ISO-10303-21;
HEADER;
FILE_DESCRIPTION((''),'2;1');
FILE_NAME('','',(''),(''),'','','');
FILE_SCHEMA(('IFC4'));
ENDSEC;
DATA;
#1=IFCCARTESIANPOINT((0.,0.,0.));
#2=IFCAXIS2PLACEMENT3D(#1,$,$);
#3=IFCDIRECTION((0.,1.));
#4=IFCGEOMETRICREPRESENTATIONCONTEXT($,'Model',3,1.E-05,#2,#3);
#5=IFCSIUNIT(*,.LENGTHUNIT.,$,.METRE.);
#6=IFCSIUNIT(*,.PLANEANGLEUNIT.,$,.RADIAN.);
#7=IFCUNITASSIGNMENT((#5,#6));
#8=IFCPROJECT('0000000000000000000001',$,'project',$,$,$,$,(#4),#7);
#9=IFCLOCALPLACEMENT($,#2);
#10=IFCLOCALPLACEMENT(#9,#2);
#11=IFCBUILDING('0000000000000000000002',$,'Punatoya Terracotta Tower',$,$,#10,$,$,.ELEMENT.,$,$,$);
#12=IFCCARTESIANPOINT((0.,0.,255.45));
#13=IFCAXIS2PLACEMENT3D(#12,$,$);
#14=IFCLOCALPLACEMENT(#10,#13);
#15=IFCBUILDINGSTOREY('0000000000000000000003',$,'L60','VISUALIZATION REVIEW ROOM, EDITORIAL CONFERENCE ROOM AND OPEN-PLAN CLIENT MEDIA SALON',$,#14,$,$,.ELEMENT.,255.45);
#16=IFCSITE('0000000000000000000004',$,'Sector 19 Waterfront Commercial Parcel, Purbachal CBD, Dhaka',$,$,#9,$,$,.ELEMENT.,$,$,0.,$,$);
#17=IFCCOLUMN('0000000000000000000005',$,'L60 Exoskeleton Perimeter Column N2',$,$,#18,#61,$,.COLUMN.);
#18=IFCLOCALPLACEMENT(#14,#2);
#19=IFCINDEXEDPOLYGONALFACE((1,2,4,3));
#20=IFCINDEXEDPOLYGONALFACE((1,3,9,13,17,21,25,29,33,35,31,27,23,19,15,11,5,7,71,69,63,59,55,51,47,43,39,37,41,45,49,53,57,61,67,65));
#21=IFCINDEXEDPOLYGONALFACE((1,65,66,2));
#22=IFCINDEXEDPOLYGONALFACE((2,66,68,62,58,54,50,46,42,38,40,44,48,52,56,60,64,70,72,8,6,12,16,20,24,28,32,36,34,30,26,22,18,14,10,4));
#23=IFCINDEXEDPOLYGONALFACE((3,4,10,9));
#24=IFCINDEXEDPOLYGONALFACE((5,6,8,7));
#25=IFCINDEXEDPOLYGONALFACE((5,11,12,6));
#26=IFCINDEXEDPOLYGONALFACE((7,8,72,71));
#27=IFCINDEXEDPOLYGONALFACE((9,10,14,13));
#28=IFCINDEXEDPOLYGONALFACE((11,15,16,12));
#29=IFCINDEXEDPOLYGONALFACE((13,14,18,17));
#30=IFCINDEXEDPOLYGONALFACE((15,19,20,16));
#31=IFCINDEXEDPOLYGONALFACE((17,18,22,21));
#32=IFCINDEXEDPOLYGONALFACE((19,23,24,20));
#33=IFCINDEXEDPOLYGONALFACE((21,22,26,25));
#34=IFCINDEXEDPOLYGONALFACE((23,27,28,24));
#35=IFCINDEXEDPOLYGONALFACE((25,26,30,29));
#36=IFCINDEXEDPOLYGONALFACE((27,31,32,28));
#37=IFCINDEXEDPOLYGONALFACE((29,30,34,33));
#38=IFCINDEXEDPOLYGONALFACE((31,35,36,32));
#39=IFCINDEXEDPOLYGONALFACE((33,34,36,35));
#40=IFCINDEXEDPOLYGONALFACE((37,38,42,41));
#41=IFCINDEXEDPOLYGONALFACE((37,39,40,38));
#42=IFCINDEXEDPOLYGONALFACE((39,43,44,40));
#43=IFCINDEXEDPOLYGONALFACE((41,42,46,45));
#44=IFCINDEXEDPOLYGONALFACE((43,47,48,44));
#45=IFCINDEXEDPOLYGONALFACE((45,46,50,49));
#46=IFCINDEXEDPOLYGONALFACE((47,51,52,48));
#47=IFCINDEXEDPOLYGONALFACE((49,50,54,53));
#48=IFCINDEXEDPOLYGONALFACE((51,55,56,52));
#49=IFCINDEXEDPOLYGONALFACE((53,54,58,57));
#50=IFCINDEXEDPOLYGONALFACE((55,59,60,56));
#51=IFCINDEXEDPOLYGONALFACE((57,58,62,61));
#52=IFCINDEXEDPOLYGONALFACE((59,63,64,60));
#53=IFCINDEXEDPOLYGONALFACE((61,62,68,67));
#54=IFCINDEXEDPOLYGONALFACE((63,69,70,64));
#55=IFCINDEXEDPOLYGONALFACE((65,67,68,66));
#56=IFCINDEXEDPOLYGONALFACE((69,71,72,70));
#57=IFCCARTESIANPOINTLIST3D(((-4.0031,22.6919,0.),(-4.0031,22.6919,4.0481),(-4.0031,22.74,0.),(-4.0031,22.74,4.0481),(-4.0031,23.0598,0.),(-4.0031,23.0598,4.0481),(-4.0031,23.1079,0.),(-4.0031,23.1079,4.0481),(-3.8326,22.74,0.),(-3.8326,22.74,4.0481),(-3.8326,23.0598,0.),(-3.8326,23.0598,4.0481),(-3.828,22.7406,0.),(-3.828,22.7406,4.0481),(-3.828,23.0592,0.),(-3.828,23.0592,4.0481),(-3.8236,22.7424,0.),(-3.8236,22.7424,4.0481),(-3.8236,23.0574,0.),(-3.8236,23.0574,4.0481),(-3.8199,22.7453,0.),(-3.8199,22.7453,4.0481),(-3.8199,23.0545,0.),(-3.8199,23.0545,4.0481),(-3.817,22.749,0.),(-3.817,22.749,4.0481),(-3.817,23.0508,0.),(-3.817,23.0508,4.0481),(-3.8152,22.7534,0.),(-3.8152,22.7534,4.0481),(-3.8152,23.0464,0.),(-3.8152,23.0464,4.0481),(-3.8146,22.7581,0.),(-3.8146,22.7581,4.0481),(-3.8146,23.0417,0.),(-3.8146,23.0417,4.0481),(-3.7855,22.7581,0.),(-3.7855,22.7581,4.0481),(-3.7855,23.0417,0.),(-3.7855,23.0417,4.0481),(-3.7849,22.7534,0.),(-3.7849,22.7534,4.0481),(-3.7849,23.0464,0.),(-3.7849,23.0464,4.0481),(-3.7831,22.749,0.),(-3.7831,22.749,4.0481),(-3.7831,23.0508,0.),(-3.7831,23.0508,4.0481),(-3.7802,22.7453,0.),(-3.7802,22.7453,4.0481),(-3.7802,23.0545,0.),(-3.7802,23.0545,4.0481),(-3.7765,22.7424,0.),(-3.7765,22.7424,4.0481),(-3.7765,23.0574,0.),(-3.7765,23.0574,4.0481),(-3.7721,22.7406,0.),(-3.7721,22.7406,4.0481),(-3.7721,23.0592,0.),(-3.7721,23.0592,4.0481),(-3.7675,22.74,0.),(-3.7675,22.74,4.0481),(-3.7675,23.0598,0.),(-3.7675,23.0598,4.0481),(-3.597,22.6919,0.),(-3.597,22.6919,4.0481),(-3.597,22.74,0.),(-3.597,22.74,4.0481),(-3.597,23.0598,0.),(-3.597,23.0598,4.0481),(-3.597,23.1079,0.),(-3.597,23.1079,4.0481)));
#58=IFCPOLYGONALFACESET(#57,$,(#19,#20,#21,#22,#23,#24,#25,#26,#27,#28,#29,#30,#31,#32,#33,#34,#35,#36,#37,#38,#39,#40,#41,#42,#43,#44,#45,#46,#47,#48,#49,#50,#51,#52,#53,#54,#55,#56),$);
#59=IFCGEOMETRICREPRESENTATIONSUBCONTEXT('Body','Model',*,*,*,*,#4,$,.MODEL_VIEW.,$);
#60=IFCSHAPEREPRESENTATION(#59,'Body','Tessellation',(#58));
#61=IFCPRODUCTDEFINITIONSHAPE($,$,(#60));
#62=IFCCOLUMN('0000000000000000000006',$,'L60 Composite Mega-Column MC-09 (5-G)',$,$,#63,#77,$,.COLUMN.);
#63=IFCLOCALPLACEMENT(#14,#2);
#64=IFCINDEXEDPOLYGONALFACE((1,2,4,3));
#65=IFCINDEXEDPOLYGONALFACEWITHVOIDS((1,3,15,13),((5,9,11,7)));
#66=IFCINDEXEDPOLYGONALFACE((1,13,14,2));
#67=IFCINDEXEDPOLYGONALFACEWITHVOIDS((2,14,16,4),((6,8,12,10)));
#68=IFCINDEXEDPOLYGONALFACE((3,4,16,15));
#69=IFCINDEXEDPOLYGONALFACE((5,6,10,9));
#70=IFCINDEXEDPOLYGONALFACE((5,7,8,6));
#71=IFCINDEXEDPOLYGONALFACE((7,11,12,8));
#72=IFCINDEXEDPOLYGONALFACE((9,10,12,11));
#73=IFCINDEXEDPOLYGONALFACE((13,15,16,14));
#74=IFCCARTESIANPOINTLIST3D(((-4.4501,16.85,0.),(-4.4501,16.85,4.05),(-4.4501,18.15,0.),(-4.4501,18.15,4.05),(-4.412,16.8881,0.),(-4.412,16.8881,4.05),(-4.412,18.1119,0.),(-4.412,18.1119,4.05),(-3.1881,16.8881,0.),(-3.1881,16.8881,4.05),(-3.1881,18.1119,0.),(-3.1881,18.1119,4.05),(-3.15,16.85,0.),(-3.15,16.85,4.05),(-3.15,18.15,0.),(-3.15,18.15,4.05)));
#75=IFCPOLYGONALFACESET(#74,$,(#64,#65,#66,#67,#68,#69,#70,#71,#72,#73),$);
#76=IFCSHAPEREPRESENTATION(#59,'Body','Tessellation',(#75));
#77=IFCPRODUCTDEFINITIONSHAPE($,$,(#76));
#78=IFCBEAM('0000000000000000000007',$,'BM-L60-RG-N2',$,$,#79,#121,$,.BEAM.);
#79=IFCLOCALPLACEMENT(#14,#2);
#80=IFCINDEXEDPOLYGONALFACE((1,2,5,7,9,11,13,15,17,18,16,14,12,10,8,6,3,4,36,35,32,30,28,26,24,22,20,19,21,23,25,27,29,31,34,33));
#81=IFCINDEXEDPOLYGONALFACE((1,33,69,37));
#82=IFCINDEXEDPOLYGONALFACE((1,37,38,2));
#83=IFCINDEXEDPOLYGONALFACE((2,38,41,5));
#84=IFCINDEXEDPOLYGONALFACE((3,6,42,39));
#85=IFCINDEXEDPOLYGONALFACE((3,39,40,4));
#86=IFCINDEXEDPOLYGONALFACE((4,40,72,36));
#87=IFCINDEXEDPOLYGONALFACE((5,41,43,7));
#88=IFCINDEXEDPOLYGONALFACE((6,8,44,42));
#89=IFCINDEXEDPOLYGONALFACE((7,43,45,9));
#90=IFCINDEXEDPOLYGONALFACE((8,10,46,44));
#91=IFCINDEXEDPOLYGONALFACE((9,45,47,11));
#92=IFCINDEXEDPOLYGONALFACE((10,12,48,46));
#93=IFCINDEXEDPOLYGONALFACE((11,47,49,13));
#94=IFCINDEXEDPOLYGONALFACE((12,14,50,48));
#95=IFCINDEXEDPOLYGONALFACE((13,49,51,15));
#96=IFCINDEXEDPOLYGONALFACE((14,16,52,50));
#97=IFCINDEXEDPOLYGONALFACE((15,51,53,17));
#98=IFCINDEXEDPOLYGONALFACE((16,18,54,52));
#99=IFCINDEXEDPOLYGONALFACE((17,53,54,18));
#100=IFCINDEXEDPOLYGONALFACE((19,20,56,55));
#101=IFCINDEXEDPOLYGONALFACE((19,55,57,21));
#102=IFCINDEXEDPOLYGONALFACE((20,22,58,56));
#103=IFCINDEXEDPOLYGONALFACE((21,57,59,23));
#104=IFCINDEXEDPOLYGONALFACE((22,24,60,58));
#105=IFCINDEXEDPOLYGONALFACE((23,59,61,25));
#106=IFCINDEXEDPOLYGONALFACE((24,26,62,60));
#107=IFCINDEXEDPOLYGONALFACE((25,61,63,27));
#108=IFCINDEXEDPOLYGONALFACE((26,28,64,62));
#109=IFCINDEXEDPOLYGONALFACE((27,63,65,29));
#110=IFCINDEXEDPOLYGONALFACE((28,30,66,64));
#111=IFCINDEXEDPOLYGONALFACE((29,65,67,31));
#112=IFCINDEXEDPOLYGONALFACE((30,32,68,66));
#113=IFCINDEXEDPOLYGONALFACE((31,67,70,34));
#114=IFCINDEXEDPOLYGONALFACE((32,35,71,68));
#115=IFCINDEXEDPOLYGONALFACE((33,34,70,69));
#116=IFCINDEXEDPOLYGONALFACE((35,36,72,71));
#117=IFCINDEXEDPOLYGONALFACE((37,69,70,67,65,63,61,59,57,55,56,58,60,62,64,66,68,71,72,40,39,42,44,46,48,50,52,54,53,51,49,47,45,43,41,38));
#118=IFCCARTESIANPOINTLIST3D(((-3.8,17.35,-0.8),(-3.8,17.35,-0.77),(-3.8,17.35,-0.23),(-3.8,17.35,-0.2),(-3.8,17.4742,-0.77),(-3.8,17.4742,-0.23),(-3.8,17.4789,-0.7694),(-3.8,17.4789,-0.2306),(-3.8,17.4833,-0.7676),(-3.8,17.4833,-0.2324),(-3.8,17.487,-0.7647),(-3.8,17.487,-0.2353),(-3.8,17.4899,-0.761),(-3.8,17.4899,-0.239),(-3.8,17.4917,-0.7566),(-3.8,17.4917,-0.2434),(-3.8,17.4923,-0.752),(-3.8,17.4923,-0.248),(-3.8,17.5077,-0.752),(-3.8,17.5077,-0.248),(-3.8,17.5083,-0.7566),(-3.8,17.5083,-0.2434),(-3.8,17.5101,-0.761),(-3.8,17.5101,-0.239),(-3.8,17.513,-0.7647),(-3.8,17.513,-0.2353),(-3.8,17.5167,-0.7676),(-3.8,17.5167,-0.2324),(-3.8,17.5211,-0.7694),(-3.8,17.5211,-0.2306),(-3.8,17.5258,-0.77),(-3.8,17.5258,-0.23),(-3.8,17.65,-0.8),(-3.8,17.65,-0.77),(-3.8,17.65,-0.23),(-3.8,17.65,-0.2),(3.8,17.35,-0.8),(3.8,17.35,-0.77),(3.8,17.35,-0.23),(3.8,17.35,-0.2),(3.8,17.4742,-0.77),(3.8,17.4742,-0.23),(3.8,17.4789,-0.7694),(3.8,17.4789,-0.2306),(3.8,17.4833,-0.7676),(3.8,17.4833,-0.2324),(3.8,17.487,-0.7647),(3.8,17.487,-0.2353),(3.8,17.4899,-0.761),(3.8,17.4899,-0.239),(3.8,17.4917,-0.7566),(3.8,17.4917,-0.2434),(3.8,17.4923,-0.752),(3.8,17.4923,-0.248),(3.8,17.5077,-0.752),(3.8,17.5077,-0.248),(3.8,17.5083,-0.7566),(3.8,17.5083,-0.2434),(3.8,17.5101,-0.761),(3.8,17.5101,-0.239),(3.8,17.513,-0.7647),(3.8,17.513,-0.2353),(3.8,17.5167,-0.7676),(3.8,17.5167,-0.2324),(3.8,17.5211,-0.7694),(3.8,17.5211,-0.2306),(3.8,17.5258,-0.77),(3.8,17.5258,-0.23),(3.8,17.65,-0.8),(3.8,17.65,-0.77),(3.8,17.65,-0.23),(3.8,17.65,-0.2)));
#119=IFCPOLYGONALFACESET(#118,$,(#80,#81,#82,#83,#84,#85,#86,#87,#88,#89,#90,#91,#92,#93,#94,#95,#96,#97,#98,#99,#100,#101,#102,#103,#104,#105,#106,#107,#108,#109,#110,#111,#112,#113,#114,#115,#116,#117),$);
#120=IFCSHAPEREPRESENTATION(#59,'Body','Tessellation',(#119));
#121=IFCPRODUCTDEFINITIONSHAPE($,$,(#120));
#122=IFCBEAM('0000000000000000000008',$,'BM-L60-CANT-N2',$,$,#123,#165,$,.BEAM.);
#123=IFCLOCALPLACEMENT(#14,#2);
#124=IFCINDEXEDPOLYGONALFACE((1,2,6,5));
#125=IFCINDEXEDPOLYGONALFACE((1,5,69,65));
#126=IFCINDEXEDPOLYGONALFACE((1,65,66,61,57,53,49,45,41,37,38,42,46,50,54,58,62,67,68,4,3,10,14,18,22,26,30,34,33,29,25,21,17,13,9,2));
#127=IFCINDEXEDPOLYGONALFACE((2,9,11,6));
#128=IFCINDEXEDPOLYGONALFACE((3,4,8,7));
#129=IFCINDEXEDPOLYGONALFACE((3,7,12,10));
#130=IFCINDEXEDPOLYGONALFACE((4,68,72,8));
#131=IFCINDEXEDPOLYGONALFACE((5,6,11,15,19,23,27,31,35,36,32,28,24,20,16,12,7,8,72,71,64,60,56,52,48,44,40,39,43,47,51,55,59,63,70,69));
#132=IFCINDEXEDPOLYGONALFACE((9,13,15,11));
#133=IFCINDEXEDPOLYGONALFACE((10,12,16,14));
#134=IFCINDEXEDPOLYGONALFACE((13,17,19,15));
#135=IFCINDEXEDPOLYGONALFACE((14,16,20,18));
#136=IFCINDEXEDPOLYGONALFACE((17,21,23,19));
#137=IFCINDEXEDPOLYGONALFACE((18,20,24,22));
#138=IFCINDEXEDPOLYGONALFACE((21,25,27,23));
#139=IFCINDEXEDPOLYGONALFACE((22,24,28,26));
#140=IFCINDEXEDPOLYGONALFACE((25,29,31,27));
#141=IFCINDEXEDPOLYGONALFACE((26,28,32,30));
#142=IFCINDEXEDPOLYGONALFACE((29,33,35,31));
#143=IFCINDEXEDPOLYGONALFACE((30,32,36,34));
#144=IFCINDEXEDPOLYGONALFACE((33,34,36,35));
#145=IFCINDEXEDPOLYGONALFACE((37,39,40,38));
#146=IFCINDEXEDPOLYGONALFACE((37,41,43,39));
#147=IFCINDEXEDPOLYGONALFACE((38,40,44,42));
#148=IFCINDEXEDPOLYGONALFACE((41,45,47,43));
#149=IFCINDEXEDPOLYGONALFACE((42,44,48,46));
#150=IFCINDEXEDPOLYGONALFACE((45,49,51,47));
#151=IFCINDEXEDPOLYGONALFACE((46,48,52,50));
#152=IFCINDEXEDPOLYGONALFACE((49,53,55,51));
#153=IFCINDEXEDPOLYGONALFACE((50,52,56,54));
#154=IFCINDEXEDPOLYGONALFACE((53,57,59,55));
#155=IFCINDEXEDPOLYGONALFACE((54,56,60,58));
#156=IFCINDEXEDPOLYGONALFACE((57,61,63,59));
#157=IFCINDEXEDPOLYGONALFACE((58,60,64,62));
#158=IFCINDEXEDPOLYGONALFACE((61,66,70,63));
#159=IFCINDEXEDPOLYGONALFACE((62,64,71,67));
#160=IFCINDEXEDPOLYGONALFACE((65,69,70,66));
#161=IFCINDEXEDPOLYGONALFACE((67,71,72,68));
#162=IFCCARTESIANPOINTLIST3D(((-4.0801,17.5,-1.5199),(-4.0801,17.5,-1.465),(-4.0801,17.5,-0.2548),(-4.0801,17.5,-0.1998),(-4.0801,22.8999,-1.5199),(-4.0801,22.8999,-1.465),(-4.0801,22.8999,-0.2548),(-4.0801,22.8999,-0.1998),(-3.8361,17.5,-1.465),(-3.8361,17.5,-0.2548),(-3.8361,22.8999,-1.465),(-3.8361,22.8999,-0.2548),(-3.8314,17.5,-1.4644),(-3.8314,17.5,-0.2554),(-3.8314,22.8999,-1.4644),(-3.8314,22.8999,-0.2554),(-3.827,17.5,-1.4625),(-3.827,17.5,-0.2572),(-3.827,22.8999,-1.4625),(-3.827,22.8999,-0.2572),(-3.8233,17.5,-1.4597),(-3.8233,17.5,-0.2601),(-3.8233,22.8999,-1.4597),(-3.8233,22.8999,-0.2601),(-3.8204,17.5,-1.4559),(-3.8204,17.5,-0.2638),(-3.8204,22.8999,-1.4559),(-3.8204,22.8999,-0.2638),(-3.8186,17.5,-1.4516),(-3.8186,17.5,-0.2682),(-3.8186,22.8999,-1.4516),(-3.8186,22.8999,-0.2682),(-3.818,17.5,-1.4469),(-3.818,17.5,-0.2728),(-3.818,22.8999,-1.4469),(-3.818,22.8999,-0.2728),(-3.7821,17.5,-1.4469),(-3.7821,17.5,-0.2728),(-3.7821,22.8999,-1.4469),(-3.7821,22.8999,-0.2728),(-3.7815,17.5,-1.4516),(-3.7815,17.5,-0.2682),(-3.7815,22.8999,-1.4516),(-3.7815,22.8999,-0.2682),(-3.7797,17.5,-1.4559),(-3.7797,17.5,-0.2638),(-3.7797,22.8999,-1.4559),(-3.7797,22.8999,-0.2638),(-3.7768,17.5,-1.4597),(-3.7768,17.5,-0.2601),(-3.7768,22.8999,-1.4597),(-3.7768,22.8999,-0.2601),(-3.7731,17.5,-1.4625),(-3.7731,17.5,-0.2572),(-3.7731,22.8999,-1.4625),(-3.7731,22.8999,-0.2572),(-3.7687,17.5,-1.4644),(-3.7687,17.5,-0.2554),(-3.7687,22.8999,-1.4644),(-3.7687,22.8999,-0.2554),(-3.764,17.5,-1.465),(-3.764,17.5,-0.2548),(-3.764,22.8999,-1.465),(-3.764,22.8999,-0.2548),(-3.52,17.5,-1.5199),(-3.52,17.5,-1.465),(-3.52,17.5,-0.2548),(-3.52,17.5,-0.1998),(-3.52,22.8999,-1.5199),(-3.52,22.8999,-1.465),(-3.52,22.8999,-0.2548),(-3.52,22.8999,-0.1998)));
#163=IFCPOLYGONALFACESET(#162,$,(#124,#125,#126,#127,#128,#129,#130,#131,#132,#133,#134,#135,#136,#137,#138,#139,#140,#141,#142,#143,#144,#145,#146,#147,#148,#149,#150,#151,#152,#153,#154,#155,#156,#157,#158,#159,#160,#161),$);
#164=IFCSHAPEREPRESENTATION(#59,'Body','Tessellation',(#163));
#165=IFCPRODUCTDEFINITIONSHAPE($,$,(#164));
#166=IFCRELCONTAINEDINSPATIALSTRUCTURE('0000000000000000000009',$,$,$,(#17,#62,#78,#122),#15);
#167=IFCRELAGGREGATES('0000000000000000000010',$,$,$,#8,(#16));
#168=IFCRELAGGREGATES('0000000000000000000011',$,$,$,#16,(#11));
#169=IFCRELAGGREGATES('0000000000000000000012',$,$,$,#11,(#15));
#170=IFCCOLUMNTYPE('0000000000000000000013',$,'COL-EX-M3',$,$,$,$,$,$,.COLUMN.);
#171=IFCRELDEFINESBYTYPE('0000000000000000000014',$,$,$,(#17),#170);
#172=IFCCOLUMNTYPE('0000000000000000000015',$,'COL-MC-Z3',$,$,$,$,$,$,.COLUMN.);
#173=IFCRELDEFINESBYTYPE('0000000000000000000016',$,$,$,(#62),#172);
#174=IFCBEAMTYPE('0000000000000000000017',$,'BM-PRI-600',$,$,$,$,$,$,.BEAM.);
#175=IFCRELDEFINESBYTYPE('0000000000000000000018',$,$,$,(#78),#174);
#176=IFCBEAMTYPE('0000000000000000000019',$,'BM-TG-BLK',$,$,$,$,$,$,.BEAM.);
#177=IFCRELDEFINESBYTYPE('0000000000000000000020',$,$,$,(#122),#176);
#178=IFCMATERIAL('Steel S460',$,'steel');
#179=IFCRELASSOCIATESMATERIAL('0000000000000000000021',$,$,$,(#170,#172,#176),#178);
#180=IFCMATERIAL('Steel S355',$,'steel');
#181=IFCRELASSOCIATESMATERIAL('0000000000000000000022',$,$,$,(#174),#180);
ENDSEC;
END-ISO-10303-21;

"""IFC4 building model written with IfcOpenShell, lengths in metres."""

from ifc_helpers import new_model, si_unit, direction, frame, origin, origin_2d, place, context, subcontext, project, spatial, hollow_rectangle, i_section, extrude, material, material_profile, profile_set, type_object, element, save


model = new_model("IFC4")

# Units and contexts
model_context = context("Model", 3, precision=1e-05, world=origin(), true_north=direction((0.0, 1.0)))
body_context = subcontext(model_context, "Body", "Model", "MODEL_VIEW")
ifc_project = project(units=[si_unit("LENGTHUNIT", "METRE"), si_unit("PLANEANGLEUNIT", "RADIAN")], contexts=[model_context])

# Site, building, storey
site_placement = place(None, origin())
site = spatial("IfcSite", under=ifc_project, at=site_placement, Name="Sector 19 Waterfront Commercial Parcel, Purbachal CBD, Dhaka", CompositionType="ELEMENT", RefElevation=0.0)
building_placement = place(site_placement, origin())
building = spatial("IfcBuilding", under=site, at=building_placement, Name="Punatoya Terracotta Tower", CompositionType="ELEMENT")
storey_placement = place(building_placement, frame((0.0, 0.0, 255.45)))
storey = spatial("IfcBuildingStorey", under=building, at=storey_placement, Name="L60", Description="VISUALIZATION REVIEW ROOM, EDITORIAL CONFERENCE ROOM AND OPEN-PLAN CLIENT MEDIA SALON", CompositionType="ELEMENT", Elevation=255.45)

# Columns
ifc_material_1 = material(Name="Steel S460", Category="steel")
ifc_material_profile_1 = material_profile(ifc_material_1, i_section(OverallWidth=0.406, OverallDepth=0.416, WebThickness=0.0291, FlangeThickness=0.0481, FilletRadius=0.0181, at=origin_2d()))
ifc_profile_set_1 = profile_set([ifc_material_profile_1], Name="Steel S460")
column_type_1 = type_object("IfcColumnType", Name="COL-EX-M3", PredefinedType="COLUMN", material=ifc_profile_set_1)
column_1_placement = place(storey_placement, frame((-3.8, 22.8999, 0.0), z_axis=(0.0, 0.0, 1.0), x_axis=(1.0, 0.0, 0.0)))
element("IfcColumn", 1, at=column_1_placement, inside=storey, type_object=column_type_1, Name="L60 Exoskeleton Perimeter Column N2", PredefinedType="COLUMN", context=body_context, shape_type="SweptSolid", body=[
    extrude(i_section(OverallWidth=0.406, OverallDepth=0.416, WebThickness=0.0291, FlangeThickness=0.0481, FilletRadius=0.0181, at=origin_2d()), origin(), (0.0, 0.0, 1.0), 4.0481),
])
ifc_material_profile_2 = material_profile(ifc_material_1, hollow_rectangle(XDim=1.3, YDim=1.3, WallThickness=0.0381, at=origin_2d()))
ifc_profile_set_2 = profile_set([ifc_material_profile_2], Name="Steel S460")
column_type_2 = type_object("IfcColumnType", Name="COL-MC-Z3", PredefinedType="COLUMN", material=ifc_profile_set_2)
column_2_placement = place(storey_placement, frame((-3.8, 17.5, 0.0), z_axis=(0.0, 0.0, 1.0), x_axis=(1.0, 0.0, 0.0)))
element("IfcColumn", 2, at=column_2_placement, inside=storey, type_object=column_type_2, Name="L60 Composite Mega-Column MC-09 (5-G)", PredefinedType="COLUMN", context=body_context, shape_type="SweptSolid", body=[
    extrude(hollow_rectangle(XDim=1.3, YDim=1.3, WallThickness=0.0381, at=origin_2d()), origin(), (0.0, 0.0, 1.0), 4.05),
])

# Beams
ifc_material_2 = material(Name="Steel S355", Category="steel")
ifc_material_profile_3 = material_profile(ifc_material_2, i_section(OverallWidth=0.3, OverallDepth=0.6001, WebThickness=0.0154, FlangeThickness=0.03, FilletRadius=0.0181, at=origin_2d()))
ifc_profile_set_3 = profile_set([ifc_material_profile_3], Name="Steel S355")
beam_type_1 = type_object("IfcBeamType", Name="BM-PRI-600", PredefinedType="BEAM", material=ifc_profile_set_3)
beam_1_placement = place(storey_placement, frame((-3.8, 17.5, -0.5), z_axis=(1.0, 0.0, 0.0), x_axis=(0.0, 1.0, 0.0)))
element("IfcBeam", 3, at=beam_1_placement, inside=storey, type_object=beam_type_1, Name="BM-L60-RG-N2", PredefinedType="BEAM", context=body_context, shape_type="SweptSolid", body=[
    extrude(i_section(OverallWidth=0.3, OverallDepth=0.6001, WebThickness=0.0154, FlangeThickness=0.03, FilletRadius=0.0181, at=origin_2d()), origin(), (0.0, 0.0, 1.0), 7.6001),
])
ifc_material_profile_4 = material_profile(ifc_material_1, i_section(OverallWidth=0.5601, OverallDepth=1.3201, WebThickness=0.0359, FlangeThickness=0.0549, FilletRadius=0.0181, at=origin_2d()))
ifc_profile_set_4 = profile_set([ifc_material_profile_4], Name="Steel S460")
beam_type_2 = type_object("IfcBeamType", Name="BM-TG-BLK", PredefinedType="BEAM", material=ifc_profile_set_4)
beam_2_placement = place(storey_placement, frame((-3.8, 17.5, -0.8599), z_axis=(0.0, 1.0, 0.0), x_axis=(-1.0, 0.0, 0.0)))
element("IfcBeam", 4, at=beam_2_placement, inside=storey, type_object=beam_type_2, Name="BM-L60-CANT-N2", PredefinedType="BEAM", context=body_context, shape_type="SweptSolid", body=[
    extrude(i_section(OverallWidth=0.5601, OverallDepth=1.3201, WebThickness=0.0359, FlangeThickness=0.0549, FilletRadius=0.0181, at=origin_2d()), origin(), (0.0, 0.0, 1.0), 5.3999),
])

save(model, "model.ifc")
